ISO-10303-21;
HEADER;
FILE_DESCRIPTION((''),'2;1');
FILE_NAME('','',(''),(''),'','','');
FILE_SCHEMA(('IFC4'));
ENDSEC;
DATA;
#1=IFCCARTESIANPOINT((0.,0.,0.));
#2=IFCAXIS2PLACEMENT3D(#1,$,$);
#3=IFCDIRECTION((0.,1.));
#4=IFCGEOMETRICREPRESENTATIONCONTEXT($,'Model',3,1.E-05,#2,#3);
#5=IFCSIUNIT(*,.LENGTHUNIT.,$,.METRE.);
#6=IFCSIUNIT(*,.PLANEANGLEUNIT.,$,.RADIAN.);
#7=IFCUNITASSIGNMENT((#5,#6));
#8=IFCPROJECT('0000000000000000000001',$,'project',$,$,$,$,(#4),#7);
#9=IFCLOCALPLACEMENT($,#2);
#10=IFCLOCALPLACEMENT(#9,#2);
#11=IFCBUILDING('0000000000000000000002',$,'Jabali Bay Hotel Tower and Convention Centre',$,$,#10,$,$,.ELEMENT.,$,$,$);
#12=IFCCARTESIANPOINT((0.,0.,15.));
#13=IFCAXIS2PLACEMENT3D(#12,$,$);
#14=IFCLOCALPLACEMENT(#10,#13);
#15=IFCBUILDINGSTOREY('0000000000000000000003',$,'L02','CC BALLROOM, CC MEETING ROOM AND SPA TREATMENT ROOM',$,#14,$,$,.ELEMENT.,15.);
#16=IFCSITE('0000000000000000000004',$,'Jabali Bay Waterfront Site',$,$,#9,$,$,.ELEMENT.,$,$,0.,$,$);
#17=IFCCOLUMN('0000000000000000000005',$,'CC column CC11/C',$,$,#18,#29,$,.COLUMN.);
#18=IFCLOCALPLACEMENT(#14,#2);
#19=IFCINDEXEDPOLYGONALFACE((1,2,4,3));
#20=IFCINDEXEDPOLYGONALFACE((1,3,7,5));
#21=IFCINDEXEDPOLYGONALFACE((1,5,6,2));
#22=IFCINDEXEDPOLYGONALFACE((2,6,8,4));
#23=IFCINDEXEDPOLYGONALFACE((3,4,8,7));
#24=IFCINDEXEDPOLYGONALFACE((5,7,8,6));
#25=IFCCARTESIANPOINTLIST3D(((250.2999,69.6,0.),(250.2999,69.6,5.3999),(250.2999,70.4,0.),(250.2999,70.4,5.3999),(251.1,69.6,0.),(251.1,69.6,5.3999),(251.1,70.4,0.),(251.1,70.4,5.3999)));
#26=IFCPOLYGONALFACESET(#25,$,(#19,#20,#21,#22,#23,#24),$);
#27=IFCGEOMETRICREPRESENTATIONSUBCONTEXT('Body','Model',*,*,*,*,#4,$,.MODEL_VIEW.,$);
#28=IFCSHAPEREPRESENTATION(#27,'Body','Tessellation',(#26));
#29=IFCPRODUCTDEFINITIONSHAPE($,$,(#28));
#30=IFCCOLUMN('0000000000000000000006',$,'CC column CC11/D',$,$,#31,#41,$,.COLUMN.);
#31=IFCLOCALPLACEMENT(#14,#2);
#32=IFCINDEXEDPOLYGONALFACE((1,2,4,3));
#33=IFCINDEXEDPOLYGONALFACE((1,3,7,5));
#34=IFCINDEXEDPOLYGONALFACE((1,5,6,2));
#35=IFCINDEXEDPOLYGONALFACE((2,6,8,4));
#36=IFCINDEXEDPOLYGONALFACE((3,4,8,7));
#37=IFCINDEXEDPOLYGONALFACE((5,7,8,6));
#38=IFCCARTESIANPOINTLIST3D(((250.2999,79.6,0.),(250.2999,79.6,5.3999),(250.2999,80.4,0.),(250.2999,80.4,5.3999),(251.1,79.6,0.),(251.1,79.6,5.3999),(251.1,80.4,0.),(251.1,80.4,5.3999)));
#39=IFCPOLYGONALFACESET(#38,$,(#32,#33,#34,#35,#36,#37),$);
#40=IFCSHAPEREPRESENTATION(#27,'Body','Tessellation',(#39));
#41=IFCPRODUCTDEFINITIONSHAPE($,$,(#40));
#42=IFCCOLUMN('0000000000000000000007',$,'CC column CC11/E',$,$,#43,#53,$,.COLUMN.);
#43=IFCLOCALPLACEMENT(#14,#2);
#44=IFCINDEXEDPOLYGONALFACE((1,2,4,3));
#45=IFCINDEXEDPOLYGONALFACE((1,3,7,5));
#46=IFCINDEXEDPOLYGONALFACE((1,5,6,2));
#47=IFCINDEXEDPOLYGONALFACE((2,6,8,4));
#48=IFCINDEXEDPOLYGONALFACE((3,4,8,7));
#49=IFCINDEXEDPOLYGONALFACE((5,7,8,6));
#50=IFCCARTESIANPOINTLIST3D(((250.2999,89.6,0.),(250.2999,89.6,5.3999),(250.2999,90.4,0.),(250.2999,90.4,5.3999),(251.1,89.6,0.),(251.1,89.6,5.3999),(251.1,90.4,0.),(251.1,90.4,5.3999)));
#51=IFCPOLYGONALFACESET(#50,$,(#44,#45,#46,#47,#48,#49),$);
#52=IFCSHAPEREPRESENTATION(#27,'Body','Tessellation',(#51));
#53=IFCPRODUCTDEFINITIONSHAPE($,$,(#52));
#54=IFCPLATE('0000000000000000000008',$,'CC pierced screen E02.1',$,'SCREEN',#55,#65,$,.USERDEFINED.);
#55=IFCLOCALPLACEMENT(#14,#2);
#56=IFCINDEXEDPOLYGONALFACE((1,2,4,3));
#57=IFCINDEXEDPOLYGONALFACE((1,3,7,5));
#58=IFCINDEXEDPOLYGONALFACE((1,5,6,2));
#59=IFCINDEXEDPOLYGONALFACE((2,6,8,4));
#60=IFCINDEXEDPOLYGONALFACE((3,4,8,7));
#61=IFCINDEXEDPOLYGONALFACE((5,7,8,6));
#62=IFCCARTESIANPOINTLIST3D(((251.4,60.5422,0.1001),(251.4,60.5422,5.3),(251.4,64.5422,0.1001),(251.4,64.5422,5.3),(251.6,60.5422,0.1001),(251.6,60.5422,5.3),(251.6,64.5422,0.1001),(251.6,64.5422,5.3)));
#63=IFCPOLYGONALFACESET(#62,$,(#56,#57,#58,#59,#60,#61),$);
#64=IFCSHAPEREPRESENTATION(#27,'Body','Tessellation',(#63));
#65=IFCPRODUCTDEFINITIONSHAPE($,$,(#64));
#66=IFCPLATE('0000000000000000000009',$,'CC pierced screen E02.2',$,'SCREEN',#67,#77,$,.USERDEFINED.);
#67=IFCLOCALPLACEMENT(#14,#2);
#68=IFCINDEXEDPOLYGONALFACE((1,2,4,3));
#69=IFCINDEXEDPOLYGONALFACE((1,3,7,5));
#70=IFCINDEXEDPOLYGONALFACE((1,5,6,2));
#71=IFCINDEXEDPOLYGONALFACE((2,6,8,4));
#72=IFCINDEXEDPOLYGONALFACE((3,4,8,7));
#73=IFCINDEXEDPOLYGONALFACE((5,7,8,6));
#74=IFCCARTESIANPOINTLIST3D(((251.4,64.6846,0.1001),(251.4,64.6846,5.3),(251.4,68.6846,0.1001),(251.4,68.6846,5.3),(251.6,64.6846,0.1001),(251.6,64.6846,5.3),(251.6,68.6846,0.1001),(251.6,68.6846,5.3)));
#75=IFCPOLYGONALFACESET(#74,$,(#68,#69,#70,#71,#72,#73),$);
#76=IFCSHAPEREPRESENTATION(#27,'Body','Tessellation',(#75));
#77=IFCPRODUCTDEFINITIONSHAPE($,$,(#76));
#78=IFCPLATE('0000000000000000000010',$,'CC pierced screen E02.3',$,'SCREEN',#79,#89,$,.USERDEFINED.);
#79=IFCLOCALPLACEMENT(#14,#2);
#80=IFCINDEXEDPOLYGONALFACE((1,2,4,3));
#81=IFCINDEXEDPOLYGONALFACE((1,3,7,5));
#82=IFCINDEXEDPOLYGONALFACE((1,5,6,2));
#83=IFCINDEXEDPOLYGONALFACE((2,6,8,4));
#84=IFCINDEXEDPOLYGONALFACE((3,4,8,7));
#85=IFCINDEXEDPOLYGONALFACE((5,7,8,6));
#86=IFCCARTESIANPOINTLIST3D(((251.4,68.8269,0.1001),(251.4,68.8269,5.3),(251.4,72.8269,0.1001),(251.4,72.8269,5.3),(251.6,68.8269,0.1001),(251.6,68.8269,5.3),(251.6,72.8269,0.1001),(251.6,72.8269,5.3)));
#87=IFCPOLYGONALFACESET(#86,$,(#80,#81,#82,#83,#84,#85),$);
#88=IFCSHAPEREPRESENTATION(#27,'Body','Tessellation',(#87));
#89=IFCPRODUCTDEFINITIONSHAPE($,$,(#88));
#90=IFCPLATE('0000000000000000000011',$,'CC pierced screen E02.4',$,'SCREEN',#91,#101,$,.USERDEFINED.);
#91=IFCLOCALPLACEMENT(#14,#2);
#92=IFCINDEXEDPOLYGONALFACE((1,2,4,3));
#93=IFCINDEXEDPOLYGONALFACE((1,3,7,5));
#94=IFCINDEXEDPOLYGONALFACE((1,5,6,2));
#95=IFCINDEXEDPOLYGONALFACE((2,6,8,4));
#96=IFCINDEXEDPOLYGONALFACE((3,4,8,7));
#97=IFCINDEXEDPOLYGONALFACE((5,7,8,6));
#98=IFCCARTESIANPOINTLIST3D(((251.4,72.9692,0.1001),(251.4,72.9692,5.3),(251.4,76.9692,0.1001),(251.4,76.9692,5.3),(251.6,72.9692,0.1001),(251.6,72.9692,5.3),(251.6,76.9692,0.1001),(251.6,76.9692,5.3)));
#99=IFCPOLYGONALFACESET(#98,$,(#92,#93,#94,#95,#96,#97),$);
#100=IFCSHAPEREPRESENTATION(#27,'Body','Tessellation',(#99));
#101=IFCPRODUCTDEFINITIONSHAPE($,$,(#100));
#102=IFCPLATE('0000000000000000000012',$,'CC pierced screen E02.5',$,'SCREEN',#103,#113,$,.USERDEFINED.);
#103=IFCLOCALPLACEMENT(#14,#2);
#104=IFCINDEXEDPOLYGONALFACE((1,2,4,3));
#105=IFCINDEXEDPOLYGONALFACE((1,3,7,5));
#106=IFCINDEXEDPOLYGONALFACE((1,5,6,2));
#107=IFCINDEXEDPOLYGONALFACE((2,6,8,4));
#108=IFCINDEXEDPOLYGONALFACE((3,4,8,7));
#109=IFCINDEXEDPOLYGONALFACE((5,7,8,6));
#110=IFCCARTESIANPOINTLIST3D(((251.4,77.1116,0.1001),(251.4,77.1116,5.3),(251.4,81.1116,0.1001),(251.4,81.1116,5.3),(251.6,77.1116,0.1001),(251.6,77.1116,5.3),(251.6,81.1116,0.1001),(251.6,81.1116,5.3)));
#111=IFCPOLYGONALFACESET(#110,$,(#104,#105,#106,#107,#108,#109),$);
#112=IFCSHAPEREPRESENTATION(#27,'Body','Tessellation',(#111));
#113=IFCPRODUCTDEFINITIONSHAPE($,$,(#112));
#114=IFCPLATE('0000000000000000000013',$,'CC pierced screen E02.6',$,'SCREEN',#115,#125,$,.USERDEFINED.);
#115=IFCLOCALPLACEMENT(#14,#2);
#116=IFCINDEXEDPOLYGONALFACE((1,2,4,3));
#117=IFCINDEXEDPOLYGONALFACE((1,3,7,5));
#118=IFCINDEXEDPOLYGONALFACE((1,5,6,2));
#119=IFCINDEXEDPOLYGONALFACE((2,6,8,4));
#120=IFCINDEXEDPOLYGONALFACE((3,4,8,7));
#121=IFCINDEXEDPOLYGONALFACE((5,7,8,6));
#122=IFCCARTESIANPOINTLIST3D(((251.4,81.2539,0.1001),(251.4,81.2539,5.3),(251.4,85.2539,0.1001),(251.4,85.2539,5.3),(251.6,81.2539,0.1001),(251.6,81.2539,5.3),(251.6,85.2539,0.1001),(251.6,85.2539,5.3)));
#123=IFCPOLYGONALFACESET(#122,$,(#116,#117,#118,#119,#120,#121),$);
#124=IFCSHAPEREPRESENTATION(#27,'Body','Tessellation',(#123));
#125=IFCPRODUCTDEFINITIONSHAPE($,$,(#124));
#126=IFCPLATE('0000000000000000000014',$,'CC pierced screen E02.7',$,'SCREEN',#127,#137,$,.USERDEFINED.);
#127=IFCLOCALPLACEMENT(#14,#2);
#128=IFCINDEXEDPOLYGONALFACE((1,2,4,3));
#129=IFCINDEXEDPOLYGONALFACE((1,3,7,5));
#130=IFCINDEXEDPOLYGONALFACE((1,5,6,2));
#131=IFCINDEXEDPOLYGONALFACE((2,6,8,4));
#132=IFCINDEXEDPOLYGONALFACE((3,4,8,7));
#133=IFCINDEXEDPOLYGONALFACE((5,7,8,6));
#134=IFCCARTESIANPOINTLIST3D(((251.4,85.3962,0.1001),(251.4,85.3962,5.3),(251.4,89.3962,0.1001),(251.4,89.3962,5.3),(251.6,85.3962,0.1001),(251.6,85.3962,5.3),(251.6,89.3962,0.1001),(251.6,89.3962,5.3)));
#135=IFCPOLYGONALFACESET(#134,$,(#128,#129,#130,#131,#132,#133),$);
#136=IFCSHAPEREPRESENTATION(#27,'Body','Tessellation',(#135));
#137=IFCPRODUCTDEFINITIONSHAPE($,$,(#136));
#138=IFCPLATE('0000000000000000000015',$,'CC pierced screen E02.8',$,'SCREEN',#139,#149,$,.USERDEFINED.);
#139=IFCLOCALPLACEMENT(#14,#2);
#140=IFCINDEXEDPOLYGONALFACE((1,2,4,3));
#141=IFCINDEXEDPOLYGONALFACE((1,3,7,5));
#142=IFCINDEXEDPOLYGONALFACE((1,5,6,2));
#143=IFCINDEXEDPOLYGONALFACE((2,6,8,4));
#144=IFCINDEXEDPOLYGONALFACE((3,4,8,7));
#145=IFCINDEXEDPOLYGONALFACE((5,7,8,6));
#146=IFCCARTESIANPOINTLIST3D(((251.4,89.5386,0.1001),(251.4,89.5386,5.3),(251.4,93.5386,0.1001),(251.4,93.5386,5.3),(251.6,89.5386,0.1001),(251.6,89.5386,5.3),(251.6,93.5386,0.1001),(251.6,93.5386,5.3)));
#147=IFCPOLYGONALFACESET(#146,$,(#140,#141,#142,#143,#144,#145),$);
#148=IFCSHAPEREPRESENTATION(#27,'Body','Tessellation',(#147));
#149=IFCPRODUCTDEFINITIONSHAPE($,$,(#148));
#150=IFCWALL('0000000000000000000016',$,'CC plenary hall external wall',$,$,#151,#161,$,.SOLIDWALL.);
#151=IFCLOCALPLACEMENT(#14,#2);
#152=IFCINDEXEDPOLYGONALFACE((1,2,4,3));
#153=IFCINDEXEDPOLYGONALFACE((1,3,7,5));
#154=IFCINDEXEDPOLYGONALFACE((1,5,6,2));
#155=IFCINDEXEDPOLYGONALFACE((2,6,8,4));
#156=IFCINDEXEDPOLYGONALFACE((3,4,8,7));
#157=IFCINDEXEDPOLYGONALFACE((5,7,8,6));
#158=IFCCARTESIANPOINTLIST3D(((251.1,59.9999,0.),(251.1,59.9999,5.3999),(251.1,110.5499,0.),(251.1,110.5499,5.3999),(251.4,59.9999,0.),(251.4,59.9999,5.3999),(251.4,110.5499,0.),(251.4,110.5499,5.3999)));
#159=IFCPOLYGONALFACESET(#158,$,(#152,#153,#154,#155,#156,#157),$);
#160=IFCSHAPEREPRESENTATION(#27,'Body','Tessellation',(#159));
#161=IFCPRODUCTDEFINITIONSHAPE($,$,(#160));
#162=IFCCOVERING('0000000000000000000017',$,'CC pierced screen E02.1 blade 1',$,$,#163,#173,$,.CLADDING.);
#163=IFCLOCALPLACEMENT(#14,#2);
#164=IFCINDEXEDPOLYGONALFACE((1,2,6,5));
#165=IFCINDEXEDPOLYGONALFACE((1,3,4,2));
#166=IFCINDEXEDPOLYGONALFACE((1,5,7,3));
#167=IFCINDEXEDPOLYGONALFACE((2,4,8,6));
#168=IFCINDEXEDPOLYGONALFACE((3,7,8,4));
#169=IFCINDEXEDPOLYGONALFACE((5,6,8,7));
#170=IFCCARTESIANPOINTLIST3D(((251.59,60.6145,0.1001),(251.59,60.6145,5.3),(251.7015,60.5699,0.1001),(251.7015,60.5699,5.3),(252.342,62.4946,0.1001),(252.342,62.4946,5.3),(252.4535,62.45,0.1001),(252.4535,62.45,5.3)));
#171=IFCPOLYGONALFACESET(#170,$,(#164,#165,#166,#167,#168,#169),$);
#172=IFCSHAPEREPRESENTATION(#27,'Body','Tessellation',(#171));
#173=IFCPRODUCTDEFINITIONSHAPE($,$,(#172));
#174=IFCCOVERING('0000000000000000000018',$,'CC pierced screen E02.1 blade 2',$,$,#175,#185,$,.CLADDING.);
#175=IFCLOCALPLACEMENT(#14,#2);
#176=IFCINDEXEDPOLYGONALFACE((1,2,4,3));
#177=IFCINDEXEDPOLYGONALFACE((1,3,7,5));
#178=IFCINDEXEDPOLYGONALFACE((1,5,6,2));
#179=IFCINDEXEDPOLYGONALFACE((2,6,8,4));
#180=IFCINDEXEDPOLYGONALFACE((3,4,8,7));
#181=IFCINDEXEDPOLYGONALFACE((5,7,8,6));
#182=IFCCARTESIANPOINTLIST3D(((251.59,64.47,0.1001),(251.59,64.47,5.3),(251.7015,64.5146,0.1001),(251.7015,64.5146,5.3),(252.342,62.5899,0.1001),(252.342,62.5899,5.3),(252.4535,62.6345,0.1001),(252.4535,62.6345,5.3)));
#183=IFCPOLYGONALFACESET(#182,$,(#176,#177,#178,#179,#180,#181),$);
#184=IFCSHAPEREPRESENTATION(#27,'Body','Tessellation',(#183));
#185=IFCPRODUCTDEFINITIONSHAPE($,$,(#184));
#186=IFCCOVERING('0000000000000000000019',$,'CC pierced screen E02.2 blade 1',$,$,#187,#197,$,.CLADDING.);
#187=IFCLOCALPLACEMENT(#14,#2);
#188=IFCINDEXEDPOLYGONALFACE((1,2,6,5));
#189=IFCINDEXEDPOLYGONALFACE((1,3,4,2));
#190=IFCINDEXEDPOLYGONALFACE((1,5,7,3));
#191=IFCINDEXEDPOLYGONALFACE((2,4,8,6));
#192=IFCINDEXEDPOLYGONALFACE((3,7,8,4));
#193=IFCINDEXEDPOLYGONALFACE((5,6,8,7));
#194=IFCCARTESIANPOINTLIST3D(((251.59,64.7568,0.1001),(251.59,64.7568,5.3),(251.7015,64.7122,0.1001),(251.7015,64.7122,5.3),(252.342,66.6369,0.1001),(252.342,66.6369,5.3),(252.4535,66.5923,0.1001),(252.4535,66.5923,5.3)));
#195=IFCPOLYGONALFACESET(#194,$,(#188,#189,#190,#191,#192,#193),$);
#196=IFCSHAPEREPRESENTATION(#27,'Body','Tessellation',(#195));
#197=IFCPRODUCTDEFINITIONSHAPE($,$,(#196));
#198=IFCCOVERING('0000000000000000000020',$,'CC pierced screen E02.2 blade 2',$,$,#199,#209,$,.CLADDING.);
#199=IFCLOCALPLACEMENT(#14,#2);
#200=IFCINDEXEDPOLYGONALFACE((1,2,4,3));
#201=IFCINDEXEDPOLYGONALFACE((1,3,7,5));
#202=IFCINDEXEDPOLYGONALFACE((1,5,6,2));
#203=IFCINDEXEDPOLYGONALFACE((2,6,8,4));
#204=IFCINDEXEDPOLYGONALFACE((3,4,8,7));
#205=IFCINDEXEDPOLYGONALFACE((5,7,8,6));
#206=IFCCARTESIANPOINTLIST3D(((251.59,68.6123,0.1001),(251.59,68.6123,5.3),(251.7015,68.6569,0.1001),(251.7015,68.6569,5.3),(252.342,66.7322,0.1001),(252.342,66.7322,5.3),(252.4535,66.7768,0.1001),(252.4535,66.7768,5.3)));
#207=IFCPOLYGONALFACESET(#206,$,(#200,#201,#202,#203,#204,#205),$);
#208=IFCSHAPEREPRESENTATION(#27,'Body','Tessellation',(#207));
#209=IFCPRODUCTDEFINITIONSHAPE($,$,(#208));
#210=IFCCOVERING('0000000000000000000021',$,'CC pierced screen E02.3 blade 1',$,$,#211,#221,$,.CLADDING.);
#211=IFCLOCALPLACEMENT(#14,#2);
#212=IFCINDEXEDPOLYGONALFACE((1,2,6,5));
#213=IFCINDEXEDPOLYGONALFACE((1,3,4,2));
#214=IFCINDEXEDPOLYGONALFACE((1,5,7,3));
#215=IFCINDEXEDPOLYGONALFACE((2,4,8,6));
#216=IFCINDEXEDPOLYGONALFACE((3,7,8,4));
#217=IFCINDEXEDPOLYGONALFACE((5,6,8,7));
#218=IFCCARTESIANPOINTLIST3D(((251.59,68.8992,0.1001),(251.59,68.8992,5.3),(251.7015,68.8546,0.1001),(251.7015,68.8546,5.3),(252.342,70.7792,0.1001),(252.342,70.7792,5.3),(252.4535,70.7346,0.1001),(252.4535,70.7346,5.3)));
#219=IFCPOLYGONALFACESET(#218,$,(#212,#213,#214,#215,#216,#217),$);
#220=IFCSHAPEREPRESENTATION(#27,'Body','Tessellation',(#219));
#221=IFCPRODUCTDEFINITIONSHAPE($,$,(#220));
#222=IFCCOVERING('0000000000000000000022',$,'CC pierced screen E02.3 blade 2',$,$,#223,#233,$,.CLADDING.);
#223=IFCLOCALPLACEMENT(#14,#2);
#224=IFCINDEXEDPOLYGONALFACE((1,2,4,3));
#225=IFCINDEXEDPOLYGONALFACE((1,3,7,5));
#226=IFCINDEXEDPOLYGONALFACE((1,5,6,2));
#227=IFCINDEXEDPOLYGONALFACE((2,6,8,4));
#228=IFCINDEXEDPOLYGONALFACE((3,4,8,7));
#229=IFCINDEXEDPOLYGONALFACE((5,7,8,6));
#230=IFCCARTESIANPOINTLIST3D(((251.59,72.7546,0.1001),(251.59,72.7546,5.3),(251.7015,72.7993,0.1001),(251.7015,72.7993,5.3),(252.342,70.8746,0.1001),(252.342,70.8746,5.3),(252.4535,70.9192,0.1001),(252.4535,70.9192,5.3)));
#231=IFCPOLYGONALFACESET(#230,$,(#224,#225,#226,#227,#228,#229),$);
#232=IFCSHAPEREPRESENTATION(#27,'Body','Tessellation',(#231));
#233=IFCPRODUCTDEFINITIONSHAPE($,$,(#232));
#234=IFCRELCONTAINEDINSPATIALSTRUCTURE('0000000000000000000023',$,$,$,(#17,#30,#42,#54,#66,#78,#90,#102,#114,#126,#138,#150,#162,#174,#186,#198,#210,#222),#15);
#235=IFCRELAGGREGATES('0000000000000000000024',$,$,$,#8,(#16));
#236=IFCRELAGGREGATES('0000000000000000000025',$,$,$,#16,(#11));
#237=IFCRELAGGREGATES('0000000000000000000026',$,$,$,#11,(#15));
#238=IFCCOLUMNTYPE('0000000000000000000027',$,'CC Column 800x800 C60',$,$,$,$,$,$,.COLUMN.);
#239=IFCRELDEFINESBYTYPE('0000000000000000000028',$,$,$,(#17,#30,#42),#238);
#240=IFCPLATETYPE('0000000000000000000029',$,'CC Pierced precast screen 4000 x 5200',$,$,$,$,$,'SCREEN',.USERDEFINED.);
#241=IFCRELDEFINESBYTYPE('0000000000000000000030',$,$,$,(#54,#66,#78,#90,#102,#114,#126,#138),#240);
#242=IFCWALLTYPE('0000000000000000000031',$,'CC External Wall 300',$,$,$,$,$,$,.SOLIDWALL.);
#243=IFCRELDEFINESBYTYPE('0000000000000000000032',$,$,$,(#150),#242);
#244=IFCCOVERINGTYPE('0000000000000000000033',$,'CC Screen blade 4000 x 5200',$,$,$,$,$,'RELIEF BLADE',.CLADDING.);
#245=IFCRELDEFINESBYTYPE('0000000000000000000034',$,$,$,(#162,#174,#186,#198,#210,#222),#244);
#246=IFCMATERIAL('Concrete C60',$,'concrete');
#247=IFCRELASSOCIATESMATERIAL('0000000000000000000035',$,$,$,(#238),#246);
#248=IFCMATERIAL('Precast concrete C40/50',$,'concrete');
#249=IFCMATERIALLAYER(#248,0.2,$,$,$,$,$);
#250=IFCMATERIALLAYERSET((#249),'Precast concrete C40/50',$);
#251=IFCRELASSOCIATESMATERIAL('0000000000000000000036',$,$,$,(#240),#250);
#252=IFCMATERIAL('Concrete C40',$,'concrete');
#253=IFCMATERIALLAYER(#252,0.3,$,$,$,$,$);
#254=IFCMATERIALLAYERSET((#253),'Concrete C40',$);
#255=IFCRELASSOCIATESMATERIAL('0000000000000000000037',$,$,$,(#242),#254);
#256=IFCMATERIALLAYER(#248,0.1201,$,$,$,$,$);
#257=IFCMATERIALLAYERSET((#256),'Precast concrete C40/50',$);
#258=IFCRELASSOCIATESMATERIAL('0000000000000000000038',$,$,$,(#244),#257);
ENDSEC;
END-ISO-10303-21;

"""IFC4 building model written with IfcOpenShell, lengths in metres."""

from ifc_helpers import new_model, si_unit, direction, frame, frame_2d, origin, origin_2d, place, context, subcontext, project, spatial, rectangle, extrude, material, layer, layer_set, material_profile, profile_set, type_object, element, save


model = new_model("IFC4")

# Units and contexts
model_context = context("Model", 3, precision=1e-05, world=origin(), true_north=direction((0.0, 1.0)))
body_context = subcontext(model_context, "Body", "Model", "MODEL_VIEW")
ifc_project = project(units=[si_unit("LENGTHUNIT", "METRE"), si_unit("PLANEANGLEUNIT", "RADIAN")], contexts=[model_context])

# Site, building, storey
site_placement = place(None, origin())
site = spatial("IfcSite", under=ifc_project, at=site_placement, Name="Jabali Bay Waterfront Site", CompositionType="ELEMENT", RefElevation=0.0)
building_placement = place(site_placement, origin())
building = spatial("IfcBuilding", under=site, at=building_placement, Name="Jabali Bay Hotel Tower and Convention Centre", CompositionType="ELEMENT")
storey_placement = place(building_placement, frame((0.0, 0.0, 15.0)))
storey = spatial("IfcBuildingStorey", under=building, at=storey_placement, Name="L02", Description="CC BALLROOM, CC MEETING ROOM AND SPA TREATMENT ROOM", CompositionType="ELEMENT", Elevation=15.0)

# Columns
ifc_material_1 = material(Name="Concrete C60", Category="concrete")
ifc_material_profile = material_profile(ifc_material_1, rectangle(XDim=0.8, YDim=0.8, at=origin_2d()), Name="RC 800x800")
ifc_profile_set = profile_set([ifc_material_profile], Name="Concrete C60")
column_type = type_object("IfcColumnType", Name="CC Column 800x800 C60", PredefinedType="COLUMN", material=ifc_profile_set)
for number, where, z_axis, x_axis, name in (
    (1, (250.7, 70.0, 0.0), (0.0, 0.0, 1.0), (1.0, 0.0, 0.0), "CC column CC11/C"),
    (2, (250.7, 80.0, 0.0), (0.0, 0.0, 1.0), (1.0, 0.0, 0.0), "CC column CC11/D"),
    (3, (250.7, 90.0, 0.0), (0.0, 0.0, 1.0), (1.0, 0.0, 0.0), "CC column CC11/E"),
):
    element("IfcColumn", number, at=place(storey_placement, frame(where, z_axis=z_axis, x_axis=x_axis)), inside=storey, type_object=column_type, Name=name, PredefinedType="COLUMN", context=body_context, shape_type="SweptSolid", body=[
        extrude(rectangle(XDim=0.8, YDim=0.8, at=origin_2d()), origin(), (0.0, 0.0, 1.0), 5.3999),
    ])

# Plates
ifc_material_2 = material(Name="Precast concrete C40/50", Category="concrete")
ifc_layer_1 = layer(ifc_material_2, 0.2)
ifc_layer_set_1 = layer_set([ifc_layer_1], Name="Precast concrete C40/50")
plate_type = type_object("IfcPlateType", Name="CC Pierced precast screen 4000 x 5200", ElementType="SCREEN", PredefinedType="USERDEFINED", material=ifc_layer_set_1)
for number, where, z_axis, x_axis, name in (
    (4, (251.5, 62.5422, 0.1001), (0.0, 0.0, 1.0), (1.0, 0.0, 0.0), "CC pierced screen E02.1"),
    (5, (251.5, 66.6846, 0.1001), (0.0, 0.0, 1.0), (1.0, 0.0, 0.0), "CC pierced screen E02.2"),
    (6, (251.5, 70.8269, 0.1001), (0.0, 0.0, 1.0), (1.0, 0.0, 0.0), "CC pierced screen E02.3"),
    (7, (251.5, 74.9692, 0.1001), (0.0, 0.0, 1.0), (1.0, 0.0, 0.0), "CC pierced screen E02.4"),
    (8, (251.5, 79.1116, 0.1001), (0.0, 0.0, 1.0), (1.0, 0.0, 0.0), "CC pierced screen E02.5"),
    (9, (251.5, 83.2539, 0.1001), (0.0, 0.0, 1.0), (1.0, 0.0, 0.0), "CC pierced screen E02.6"),
    (10, (251.5, 87.3962, 0.1001), (0.0, 0.0, 1.0), (1.0, 0.0, 0.0), "CC pierced screen E02.7"),
    (11, (251.5, 91.5386, 0.1001), (0.0, 0.0, 1.0), (1.0, 0.0, 0.0), "CC pierced screen E02.8"),
):
    element("IfcPlate", number, at=place(storey_placement, frame(where, z_axis=z_axis, x_axis=x_axis)), inside=storey, type_object=plate_type, Name=name, ObjectType="SCREEN", PredefinedType="USERDEFINED", context=body_context, shape_type="SweptSolid", body=[
        extrude(rectangle(XDim=0.2, YDim=4.0, at=origin_2d()), origin(), (0.0, 0.0, 1.0), 5.2),
    ])

# Wall
ifc_material_3 = material(Name="Concrete C40", Category="concrete")
ifc_layer_2 = layer(ifc_material_3, 0.3)
ifc_layer_set_2 = layer_set([ifc_layer_2], Name="Concrete C40")
wall_type = type_object("IfcWallType", Name="CC External Wall 300", PredefinedType="SOLIDWALL", material=ifc_layer_set_2)
wall_placement = place(storey_placement, frame((251.25, 60.0, 0.0), z_axis=(0.0, 0.0, 1.0), x_axis=(0.0, 1.0, 0.0)))
element("IfcWall", 12, at=wall_placement, inside=storey, type_object=wall_type, Name="CC plenary hall external wall", PredefinedType="SOLIDWALL", context=body_context, shape_type="SweptSolid", body=[
    extrude(rectangle(XDim=50.55, YDim=0.3, at=frame_2d((25.2749, 0.0))), origin(), (0.0, 0.0, 1.0), 5.3999),
])

# Coverings
ifc_layer_3 = layer(ifc_material_2, 0.1201)
ifc_layer_set_3 = layer_set([ifc_layer_3], Name="Precast concrete C40/50")
covering_type = type_object("IfcCoveringType", Name="CC Screen blade 4000 x 5200", ElementType="RELIEF BLADE", PredefinedType="CLADDING", material=ifc_layer_set_3)
for number, where, z_axis, x_axis, name in (
    (13, (252.0217, 61.5322, 0.1001), (0.0, 0.0, 1.0), (0.371391, 0.928477, 0.0), "CC pierced screen E02.1 blade 1"),
    (14, (252.0217, 63.5522, 0.1001), (0.0, 0.0, 1.0), (0.371391, -0.928477, 0.0), "CC pierced screen E02.1 blade 2"),
    (15, (252.0217, 65.6746, 0.1001), (0.0, 0.0, 1.0), (0.371391, 0.928477, 0.0), "CC pierced screen E02.2 blade 1"),
    (16, (252.0217, 67.6946, 0.1001), (0.0, 0.0, 1.0), (0.371391, -0.928477, 0.0), "CC pierced screen E02.2 blade 2"),
    (17, (252.0217, 69.8169, 0.1001), (0.0, 0.0, 1.0), (0.371391, 0.928477, 0.0), "CC pierced screen E02.3 blade 1"),
    (18, (252.0217, 71.8369, 0.1001), (0.0, 0.0, 1.0), (0.371391, -0.928477, 0.0), "CC pierced screen E02.3 blade 2"),
):
    element("IfcCovering", number, at=place(storey_placement, frame(where, z_axis=z_axis, x_axis=x_axis)), inside=storey, type_object=covering_type, Name=name, PredefinedType="CLADDING", context=body_context, shape_type="SweptSolid", body=[
        extrude(rectangle(XDim=2.0249, YDim=0.1201, at=origin_2d()), origin(), (0.0, 0.0, 1.0), 5.2),
    ])

save(model, "model.ifc")
